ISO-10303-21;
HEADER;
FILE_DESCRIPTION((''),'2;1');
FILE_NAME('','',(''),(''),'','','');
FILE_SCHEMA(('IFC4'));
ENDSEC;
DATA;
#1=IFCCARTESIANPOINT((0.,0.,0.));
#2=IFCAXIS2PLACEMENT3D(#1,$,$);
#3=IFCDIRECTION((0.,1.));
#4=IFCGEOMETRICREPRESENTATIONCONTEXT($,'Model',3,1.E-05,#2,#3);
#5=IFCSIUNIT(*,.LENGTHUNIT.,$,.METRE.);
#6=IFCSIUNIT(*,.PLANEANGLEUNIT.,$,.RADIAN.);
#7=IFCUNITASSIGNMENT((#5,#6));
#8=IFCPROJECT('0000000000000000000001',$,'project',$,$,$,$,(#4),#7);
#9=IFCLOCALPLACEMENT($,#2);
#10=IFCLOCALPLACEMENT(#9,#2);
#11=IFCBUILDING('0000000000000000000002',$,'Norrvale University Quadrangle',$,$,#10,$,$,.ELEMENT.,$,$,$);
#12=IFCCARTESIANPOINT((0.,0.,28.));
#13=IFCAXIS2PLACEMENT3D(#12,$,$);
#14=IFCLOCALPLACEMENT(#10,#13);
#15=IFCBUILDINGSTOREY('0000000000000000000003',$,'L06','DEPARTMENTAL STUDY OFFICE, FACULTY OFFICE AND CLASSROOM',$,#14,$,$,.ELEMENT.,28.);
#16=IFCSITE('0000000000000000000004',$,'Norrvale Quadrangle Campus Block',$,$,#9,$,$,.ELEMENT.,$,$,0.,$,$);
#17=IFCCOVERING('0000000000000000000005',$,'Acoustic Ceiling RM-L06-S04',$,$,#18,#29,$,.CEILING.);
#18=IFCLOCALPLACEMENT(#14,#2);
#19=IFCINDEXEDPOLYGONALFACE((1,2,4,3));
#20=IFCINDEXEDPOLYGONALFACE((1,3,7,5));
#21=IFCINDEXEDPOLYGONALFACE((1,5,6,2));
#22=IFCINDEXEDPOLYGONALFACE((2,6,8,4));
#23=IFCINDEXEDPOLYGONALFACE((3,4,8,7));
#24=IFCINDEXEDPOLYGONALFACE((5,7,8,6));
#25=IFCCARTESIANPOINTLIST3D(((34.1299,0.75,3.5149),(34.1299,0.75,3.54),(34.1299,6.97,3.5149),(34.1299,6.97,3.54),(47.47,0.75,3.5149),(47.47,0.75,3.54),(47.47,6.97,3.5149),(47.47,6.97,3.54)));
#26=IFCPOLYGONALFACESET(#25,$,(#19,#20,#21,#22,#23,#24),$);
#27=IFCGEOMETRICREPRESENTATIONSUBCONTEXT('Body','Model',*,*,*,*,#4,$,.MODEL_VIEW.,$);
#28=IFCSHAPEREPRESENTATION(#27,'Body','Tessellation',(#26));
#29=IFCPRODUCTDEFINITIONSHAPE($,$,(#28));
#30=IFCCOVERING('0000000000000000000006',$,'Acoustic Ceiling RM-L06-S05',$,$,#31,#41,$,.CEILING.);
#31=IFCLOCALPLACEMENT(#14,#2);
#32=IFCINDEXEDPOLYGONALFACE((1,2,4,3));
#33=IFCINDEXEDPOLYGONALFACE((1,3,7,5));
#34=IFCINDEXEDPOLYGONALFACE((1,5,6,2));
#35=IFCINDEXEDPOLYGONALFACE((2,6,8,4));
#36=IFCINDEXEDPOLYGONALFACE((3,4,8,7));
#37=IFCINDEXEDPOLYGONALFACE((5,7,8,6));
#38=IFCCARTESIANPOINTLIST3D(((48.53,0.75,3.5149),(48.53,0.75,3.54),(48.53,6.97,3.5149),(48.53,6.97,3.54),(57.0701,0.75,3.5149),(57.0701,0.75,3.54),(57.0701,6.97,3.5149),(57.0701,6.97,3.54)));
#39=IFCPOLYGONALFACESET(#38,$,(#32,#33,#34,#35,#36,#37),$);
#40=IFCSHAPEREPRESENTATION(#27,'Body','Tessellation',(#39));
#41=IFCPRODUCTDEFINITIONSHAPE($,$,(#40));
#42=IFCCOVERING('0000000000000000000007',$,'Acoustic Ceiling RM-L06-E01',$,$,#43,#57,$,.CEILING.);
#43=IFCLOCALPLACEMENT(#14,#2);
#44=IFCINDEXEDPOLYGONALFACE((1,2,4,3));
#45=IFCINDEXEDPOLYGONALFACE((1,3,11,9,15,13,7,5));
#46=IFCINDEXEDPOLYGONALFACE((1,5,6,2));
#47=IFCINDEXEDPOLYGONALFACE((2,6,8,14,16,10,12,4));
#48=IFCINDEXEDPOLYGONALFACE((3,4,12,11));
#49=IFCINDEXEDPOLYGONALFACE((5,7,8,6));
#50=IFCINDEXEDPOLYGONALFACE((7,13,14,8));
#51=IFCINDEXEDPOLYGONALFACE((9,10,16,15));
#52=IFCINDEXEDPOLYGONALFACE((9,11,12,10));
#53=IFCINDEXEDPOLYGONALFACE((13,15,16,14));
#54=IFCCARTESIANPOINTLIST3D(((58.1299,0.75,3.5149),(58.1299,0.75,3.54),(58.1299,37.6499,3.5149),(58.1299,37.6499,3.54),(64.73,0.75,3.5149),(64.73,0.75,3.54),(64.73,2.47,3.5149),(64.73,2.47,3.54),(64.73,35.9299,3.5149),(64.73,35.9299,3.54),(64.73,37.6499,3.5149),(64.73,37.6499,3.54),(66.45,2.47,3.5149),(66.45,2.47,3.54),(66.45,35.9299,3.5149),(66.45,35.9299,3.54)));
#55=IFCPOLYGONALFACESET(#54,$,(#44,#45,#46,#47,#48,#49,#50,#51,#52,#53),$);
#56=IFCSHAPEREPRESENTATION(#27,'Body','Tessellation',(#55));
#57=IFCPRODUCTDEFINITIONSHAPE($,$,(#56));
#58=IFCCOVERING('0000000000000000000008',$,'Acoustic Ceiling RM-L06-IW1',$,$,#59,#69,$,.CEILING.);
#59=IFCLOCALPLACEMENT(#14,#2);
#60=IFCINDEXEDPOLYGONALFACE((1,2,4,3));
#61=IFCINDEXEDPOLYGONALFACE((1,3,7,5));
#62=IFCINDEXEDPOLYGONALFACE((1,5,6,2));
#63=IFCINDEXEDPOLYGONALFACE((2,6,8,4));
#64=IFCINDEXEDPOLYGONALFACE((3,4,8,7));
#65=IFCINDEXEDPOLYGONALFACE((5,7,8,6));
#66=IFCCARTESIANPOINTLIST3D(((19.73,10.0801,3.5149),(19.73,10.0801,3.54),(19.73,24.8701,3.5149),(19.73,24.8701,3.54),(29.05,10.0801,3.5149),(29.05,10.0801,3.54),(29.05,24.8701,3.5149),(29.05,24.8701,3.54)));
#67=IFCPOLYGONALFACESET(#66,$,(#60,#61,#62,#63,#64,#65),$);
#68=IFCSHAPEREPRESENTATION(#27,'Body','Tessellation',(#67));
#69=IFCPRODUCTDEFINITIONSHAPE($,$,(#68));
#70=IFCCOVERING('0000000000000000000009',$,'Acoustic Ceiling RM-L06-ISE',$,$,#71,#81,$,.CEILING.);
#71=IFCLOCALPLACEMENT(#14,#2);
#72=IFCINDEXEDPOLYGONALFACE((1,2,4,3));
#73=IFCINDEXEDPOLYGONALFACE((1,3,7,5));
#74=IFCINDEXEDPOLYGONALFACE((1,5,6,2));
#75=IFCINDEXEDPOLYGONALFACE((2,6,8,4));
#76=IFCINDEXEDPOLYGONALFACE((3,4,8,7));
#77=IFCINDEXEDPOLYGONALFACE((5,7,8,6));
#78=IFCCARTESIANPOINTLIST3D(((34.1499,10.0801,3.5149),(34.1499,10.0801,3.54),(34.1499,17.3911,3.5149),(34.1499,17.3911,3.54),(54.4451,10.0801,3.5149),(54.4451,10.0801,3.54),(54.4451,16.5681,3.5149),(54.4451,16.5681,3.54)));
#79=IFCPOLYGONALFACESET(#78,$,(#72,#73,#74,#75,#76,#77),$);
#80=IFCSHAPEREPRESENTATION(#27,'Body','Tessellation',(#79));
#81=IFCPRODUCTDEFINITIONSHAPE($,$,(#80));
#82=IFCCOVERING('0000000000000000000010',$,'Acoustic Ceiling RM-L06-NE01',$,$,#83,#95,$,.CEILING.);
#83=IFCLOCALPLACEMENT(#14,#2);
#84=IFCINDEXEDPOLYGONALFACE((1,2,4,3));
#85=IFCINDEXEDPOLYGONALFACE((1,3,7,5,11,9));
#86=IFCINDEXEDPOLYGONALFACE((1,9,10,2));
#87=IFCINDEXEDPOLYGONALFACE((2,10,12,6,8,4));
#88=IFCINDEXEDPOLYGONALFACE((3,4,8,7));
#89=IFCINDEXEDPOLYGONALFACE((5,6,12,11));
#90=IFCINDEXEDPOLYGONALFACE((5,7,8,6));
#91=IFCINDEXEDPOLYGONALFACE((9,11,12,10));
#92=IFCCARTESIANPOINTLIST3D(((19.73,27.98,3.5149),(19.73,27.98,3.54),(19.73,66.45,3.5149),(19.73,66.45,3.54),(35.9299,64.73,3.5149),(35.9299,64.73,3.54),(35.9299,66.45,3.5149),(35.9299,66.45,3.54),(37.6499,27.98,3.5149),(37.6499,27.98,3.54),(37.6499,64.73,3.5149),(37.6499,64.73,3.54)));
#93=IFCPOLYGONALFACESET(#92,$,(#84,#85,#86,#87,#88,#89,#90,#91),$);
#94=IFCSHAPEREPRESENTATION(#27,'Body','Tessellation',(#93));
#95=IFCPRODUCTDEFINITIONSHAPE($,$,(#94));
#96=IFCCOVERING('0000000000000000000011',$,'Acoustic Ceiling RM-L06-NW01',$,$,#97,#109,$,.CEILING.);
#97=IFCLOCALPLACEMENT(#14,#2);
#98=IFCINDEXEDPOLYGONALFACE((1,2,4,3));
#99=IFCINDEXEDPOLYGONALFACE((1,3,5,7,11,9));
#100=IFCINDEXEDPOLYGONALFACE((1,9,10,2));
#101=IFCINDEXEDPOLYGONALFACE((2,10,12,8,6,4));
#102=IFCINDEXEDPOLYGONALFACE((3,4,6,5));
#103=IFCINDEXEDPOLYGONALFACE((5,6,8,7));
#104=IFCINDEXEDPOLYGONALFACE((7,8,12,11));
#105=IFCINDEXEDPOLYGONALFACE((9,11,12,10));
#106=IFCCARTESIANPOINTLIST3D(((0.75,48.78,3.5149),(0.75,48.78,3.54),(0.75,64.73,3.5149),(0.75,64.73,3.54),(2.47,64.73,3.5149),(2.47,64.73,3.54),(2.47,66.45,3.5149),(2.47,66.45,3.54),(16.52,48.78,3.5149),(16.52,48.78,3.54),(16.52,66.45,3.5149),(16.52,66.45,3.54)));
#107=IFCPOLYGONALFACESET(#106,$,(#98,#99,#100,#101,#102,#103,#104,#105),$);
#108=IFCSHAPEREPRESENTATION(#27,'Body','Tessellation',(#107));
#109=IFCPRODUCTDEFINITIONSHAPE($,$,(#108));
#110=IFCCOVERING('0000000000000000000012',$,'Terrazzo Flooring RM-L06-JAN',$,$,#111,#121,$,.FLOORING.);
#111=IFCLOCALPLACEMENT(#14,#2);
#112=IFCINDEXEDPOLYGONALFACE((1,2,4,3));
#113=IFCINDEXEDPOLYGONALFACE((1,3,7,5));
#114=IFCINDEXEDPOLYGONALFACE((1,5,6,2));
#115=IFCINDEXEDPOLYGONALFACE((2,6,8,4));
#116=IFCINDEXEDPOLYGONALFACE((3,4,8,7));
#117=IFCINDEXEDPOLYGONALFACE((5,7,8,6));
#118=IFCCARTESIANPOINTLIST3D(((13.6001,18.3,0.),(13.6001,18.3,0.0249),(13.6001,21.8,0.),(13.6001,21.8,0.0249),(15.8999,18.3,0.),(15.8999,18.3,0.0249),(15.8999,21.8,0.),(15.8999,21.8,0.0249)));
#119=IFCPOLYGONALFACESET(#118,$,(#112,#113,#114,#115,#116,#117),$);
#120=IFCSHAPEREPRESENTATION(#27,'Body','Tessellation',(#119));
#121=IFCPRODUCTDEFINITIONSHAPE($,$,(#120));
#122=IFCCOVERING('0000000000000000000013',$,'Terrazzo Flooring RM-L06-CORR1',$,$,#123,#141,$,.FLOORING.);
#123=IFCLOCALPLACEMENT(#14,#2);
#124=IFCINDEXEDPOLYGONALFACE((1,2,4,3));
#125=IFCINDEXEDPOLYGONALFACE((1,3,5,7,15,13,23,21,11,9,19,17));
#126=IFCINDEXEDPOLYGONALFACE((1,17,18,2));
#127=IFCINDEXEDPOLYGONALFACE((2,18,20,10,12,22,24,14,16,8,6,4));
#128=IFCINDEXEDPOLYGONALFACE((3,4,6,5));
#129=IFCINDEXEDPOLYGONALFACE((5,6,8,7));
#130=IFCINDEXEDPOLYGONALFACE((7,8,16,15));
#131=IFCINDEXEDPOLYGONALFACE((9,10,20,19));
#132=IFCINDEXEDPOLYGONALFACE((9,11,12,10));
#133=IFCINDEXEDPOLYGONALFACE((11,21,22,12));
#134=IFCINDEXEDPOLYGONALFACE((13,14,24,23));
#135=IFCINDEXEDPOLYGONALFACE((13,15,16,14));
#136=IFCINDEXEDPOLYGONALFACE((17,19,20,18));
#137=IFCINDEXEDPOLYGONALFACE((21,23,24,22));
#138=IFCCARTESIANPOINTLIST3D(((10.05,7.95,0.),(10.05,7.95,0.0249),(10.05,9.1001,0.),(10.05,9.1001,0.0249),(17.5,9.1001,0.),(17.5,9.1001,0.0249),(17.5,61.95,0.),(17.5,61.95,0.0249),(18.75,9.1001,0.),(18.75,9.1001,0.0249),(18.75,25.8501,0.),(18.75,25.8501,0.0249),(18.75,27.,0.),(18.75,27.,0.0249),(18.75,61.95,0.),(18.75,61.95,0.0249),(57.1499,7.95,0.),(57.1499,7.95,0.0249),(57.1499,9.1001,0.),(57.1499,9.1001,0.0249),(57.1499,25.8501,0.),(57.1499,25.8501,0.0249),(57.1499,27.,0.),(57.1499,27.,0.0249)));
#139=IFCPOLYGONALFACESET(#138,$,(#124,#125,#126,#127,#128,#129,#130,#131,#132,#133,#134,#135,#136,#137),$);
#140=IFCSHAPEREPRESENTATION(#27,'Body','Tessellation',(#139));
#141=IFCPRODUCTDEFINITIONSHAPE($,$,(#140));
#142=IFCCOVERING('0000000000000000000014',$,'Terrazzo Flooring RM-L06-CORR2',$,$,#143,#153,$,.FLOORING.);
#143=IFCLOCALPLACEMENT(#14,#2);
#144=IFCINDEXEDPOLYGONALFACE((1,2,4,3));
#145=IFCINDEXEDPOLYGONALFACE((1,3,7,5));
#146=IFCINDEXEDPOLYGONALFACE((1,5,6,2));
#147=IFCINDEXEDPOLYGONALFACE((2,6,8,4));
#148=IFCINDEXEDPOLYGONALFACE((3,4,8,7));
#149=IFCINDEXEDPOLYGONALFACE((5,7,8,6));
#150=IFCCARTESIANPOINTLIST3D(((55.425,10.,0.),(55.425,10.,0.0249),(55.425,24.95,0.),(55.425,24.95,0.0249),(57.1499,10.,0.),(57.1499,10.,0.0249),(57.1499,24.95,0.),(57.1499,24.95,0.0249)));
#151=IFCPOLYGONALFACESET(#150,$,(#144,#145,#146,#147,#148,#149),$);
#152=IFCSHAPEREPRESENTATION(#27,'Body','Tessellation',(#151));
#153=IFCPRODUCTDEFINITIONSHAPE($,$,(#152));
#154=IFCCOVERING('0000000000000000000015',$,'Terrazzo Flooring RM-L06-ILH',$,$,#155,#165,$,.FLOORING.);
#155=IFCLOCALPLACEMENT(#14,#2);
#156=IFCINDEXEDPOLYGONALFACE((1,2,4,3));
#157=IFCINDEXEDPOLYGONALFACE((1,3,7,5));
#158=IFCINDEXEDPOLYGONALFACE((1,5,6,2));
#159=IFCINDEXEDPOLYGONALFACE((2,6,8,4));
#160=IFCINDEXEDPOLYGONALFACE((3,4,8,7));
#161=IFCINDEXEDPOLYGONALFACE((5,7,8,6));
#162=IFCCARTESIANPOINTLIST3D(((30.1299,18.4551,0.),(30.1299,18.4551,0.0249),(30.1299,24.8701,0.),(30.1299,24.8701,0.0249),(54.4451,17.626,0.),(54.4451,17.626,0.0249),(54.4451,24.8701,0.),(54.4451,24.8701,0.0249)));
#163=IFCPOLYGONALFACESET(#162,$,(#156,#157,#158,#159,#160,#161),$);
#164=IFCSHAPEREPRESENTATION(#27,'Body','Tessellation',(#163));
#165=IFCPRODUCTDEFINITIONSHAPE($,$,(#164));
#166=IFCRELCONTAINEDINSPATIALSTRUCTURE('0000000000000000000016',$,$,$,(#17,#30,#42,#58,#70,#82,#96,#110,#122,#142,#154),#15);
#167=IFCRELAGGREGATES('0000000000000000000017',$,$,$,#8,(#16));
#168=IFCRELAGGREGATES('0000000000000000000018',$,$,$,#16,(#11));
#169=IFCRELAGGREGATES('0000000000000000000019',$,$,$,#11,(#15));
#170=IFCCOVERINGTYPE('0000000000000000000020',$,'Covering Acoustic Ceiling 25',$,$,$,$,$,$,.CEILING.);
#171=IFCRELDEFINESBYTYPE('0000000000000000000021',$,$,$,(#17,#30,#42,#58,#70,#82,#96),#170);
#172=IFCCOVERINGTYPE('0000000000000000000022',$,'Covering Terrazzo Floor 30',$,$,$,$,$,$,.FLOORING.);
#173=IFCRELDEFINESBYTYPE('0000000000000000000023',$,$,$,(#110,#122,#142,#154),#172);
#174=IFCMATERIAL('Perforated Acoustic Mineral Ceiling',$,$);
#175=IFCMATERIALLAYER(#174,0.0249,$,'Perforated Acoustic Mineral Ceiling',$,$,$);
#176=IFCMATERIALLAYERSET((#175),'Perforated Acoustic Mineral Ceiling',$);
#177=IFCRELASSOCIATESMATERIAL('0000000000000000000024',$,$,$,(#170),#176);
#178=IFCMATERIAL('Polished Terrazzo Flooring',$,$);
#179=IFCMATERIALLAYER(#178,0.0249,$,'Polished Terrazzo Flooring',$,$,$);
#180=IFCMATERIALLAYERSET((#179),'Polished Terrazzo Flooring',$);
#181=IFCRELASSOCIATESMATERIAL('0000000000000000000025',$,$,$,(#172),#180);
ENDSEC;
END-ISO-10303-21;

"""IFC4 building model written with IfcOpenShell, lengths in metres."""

from ifc_helpers import new_model, si_unit, direction, frame, origin, place, context, subcontext, project, spatial, polyline, outline, extrude, material, layer, layer_set, type_object, element, save


model = new_model("IFC4")

# Units and contexts
model_context = context("Model", 3, precision=1e-05, world=origin(), true_north=direction((0.0, 1.0)))
body_context = subcontext(model_context, "Body", "Model", "MODEL_VIEW")
ifc_project = project(units=[si_unit("LENGTHUNIT", "METRE"), si_unit("PLANEANGLEUNIT", "RADIAN")], contexts=[model_context])

# Site, building, storey
site_placement = place(None, origin())
site = spatial("IfcSite", under=ifc_project, at=site_placement, Name="Norrvale Quadrangle Campus Block", CompositionType="ELEMENT", RefElevation=0.0)
building_placement = place(site_placement, origin())
building = spatial("IfcBuilding", under=site, at=building_placement, Name="Norrvale University Quadrangle", CompositionType="ELEMENT")
storey_placement = place(building_placement, frame((0.0, 0.0, 28.0)))
storey = spatial("IfcBuildingStorey", under=building, at=storey_placement, Name="L06", Description="DEPARTMENTAL STUDY OFFICE, FACULTY OFFICE AND CLASSROOM", CompositionType="ELEMENT", Elevation=28.0)

# Coverings
ifc_material_1 = material(Name="Perforated Acoustic Mineral Ceiling")
ifc_layer_1 = layer(ifc_material_1, 0.0249, Name="Perforated Acoustic Mineral Ceiling")
ifc_layer_set_1 = layer_set([ifc_layer_1], Name="Perforated Acoustic Mineral Ceiling")
covering_type_1 = type_object("IfcCoveringType", Name="Covering Acoustic Ceiling 25", PredefinedType="CEILING", material=ifc_layer_set_1)
covering_1_placement = place(storey_placement, frame((0.0, 0.0, 3.5149)))
element("IfcCovering", 1, at=covering_1_placement, inside=storey, type_object=covering_type_1, Name="Acoustic Ceiling RM-L06-S04", PredefinedType="CEILING", context=body_context, shape_type="SweptSolid", body=[
    extrude(outline(polyline([(34.1299, 6.97), (47.47, 6.97), (47.47, 0.75), (34.1299, 0.75), (34.1299, 6.97)])), origin(), (0.0, 0.0, 1.0), 0.0251),
])
covering_2_placement = place(storey_placement, frame((0.0, 0.0, 3.5149)))
element("IfcCovering", 2, at=covering_2_placement, inside=storey, type_object=covering_type_1, Name="Acoustic Ceiling RM-L06-S05", PredefinedType="CEILING", context=body_context, shape_type="SweptSolid", body=[
    extrude(outline(polyline([(48.53, 6.97), (57.0701, 6.97), (57.0701, 0.75), (48.53, 0.75), (48.53, 6.97)])), origin(), (0.0, 0.0, 1.0), 0.0251),
])
covering_3_placement = place(storey_placement, frame((0.0, 0.0, 3.5149)))
element("IfcCovering", 3, at=covering_3_placement, inside=storey, type_object=covering_type_1, Name="Acoustic Ceiling RM-L06-E01", PredefinedType="CEILING", context=body_context, shape_type="SweptSolid", body=[
    extrude(outline(polyline([(58.1299, 0.75), (58.1299, 37.6499), (64.73, 37.6499), (64.73, 35.9299), (66.45, 35.9299), (66.45, 2.47), (64.73, 2.47), (64.73, 0.75), (58.1299, 0.75)])), origin(), (0.0, 0.0, 1.0), 0.0251),
])
covering_4_placement = place(storey_placement, frame((0.0, 0.0, 3.5149)))
element("IfcCovering", 4, at=covering_4_placement, inside=storey, type_object=covering_type_1, Name="Acoustic Ceiling RM-L06-IW1", PredefinedType="CEILING", context=body_context, shape_type="SweptSolid", body=[
    extrude(outline(polyline([(19.73, 10.0801), (19.73, 24.8701), (29.05, 24.8701), (29.05, 10.0801), (19.73, 10.0801)])), origin(), (0.0, 0.0, 1.0), 0.0251),
])
covering_5_placement = place(storey_placement, frame((0.0, 0.0, 3.5149)))
element("IfcCovering", 5, at=covering_5_placement, inside=storey, type_object=covering_type_1, Name="Acoustic Ceiling RM-L06-ISE", PredefinedType="CEILING", context=body_context, shape_type="SweptSolid", body=[
    extrude(outline(polyline([(34.1499, 10.0801), (34.1499, 17.3911), (54.4451, 16.5681), (54.4451, 10.0801), (34.1499, 10.0801)])), origin(), (0.0, 0.0, 1.0), 0.0251),
])
covering_6_placement = place(storey_placement, frame((0.0, 0.0, 3.5149)))
element("IfcCovering", 6, at=covering_6_placement, inside=storey, type_object=covering_type_1, Name="Acoustic Ceiling RM-L06-NE01", PredefinedType="CEILING", context=body_context, shape_type="SweptSolid", body=[
    extrude(outline(polyline([(37.6499, 27.98), (19.73, 27.98), (19.73, 66.45), (35.9299, 66.45), (35.9299, 64.73), (37.6499, 64.73), (37.6499, 27.98)])), origin(), (0.0, 0.0, 1.0), 0.0251),
])
covering_7_placement = place(storey_placement, frame((0.0, 0.0, 3.5149)))
element("IfcCovering", 7, at=covering_7_placement, inside=storey, type_object=covering_type_1, Name="Acoustic Ceiling RM-L06-NW01", PredefinedType="CEILING", context=body_context, shape_type="SweptSolid", body=[
    extrude(outline(polyline([(16.52, 66.45), (16.52, 48.78), (0.75, 48.78), (0.75, 64.73), (2.47, 64.73), (2.47, 66.45), (16.52, 66.45)])), origin(), (0.0, 0.0, 1.0), 0.0251),
])
ifc_material_2 = material(Name="Polished Terrazzo Flooring")
ifc_layer_2 = layer(ifc_material_2, 0.0249, Name="Polished Terrazzo Flooring")
ifc_layer_set_2 = layer_set([ifc_layer_2], Name="Polished Terrazzo Flooring")
covering_type_2 = type_object("IfcCoveringType", Name="Covering Terrazzo Floor 30", PredefinedType="FLOORING", material=ifc_layer_set_2)
covering_8_placement = place(storey_placement, origin())
element("IfcCovering", 8, at=covering_8_placement, inside=storey, type_object=covering_type_2, Name="Terrazzo Flooring RM-L06-JAN", PredefinedType="FLOORING", context=body_context, shape_type="SweptSolid", body=[
    extrude(outline(polyline([(13.6001, 18.3), (13.6001, 21.8), (15.8999, 21.8), (15.8999, 18.3), (13.6001, 18.3)])), origin(), (0.0, 0.0, 1.0), 0.0249),
])
covering_9_placement = place(storey_placement, origin())
element("IfcCovering", 9, at=covering_9_placement, inside=storey, type_object=covering_type_2, Name="Terrazzo Flooring RM-L06-CORR1", PredefinedType="FLOORING", context=body_context, shape_type="SweptSolid", body=[
    extrude(outline(polyline([(10.05, 7.95), (10.05, 9.1001), (17.5, 9.1001), (17.5, 61.95), (18.75, 61.95), (18.75, 27.0), (57.1499, 27.0), (57.1499, 25.8501), (18.75, 25.8501), (18.75, 9.1001), (57.1499, 9.1001), (57.1499, 7.95), (10.05, 7.95)])), origin(), (0.0, 0.0, 1.0), 0.0249),
])
covering_10_placement = place(storey_placement, origin())
element("IfcCovering", 10, at=covering_10_placement, inside=storey, type_object=covering_type_2, Name="Terrazzo Flooring RM-L06-CORR2", PredefinedType="FLOORING", context=body_context, shape_type="SweptSolid", body=[
    extrude(outline(polyline([(55.425, 10.0), (55.425, 24.95), (57.1499, 24.95), (57.1499, 10.0), (55.425, 10.0)])), origin(), (0.0, 0.0, 1.0), 0.0249),
])
covering_11_placement = place(storey_placement, origin())
element("IfcCovering", 11, at=covering_11_placement, inside=storey, type_object=covering_type_2, Name="Terrazzo Flooring RM-L06-ILH", PredefinedType="FLOORING", context=body_context, shape_type="SweptSolid", body=[
    extrude(outline(polyline([(30.1299, 18.4551), (30.1299, 24.8701), (54.4451, 24.8701), (54.4451, 17.626), (30.1299, 18.4551)])), origin(), (0.0, 0.0, 1.0), 0.0249),
])

save(model, "model.ifc")
